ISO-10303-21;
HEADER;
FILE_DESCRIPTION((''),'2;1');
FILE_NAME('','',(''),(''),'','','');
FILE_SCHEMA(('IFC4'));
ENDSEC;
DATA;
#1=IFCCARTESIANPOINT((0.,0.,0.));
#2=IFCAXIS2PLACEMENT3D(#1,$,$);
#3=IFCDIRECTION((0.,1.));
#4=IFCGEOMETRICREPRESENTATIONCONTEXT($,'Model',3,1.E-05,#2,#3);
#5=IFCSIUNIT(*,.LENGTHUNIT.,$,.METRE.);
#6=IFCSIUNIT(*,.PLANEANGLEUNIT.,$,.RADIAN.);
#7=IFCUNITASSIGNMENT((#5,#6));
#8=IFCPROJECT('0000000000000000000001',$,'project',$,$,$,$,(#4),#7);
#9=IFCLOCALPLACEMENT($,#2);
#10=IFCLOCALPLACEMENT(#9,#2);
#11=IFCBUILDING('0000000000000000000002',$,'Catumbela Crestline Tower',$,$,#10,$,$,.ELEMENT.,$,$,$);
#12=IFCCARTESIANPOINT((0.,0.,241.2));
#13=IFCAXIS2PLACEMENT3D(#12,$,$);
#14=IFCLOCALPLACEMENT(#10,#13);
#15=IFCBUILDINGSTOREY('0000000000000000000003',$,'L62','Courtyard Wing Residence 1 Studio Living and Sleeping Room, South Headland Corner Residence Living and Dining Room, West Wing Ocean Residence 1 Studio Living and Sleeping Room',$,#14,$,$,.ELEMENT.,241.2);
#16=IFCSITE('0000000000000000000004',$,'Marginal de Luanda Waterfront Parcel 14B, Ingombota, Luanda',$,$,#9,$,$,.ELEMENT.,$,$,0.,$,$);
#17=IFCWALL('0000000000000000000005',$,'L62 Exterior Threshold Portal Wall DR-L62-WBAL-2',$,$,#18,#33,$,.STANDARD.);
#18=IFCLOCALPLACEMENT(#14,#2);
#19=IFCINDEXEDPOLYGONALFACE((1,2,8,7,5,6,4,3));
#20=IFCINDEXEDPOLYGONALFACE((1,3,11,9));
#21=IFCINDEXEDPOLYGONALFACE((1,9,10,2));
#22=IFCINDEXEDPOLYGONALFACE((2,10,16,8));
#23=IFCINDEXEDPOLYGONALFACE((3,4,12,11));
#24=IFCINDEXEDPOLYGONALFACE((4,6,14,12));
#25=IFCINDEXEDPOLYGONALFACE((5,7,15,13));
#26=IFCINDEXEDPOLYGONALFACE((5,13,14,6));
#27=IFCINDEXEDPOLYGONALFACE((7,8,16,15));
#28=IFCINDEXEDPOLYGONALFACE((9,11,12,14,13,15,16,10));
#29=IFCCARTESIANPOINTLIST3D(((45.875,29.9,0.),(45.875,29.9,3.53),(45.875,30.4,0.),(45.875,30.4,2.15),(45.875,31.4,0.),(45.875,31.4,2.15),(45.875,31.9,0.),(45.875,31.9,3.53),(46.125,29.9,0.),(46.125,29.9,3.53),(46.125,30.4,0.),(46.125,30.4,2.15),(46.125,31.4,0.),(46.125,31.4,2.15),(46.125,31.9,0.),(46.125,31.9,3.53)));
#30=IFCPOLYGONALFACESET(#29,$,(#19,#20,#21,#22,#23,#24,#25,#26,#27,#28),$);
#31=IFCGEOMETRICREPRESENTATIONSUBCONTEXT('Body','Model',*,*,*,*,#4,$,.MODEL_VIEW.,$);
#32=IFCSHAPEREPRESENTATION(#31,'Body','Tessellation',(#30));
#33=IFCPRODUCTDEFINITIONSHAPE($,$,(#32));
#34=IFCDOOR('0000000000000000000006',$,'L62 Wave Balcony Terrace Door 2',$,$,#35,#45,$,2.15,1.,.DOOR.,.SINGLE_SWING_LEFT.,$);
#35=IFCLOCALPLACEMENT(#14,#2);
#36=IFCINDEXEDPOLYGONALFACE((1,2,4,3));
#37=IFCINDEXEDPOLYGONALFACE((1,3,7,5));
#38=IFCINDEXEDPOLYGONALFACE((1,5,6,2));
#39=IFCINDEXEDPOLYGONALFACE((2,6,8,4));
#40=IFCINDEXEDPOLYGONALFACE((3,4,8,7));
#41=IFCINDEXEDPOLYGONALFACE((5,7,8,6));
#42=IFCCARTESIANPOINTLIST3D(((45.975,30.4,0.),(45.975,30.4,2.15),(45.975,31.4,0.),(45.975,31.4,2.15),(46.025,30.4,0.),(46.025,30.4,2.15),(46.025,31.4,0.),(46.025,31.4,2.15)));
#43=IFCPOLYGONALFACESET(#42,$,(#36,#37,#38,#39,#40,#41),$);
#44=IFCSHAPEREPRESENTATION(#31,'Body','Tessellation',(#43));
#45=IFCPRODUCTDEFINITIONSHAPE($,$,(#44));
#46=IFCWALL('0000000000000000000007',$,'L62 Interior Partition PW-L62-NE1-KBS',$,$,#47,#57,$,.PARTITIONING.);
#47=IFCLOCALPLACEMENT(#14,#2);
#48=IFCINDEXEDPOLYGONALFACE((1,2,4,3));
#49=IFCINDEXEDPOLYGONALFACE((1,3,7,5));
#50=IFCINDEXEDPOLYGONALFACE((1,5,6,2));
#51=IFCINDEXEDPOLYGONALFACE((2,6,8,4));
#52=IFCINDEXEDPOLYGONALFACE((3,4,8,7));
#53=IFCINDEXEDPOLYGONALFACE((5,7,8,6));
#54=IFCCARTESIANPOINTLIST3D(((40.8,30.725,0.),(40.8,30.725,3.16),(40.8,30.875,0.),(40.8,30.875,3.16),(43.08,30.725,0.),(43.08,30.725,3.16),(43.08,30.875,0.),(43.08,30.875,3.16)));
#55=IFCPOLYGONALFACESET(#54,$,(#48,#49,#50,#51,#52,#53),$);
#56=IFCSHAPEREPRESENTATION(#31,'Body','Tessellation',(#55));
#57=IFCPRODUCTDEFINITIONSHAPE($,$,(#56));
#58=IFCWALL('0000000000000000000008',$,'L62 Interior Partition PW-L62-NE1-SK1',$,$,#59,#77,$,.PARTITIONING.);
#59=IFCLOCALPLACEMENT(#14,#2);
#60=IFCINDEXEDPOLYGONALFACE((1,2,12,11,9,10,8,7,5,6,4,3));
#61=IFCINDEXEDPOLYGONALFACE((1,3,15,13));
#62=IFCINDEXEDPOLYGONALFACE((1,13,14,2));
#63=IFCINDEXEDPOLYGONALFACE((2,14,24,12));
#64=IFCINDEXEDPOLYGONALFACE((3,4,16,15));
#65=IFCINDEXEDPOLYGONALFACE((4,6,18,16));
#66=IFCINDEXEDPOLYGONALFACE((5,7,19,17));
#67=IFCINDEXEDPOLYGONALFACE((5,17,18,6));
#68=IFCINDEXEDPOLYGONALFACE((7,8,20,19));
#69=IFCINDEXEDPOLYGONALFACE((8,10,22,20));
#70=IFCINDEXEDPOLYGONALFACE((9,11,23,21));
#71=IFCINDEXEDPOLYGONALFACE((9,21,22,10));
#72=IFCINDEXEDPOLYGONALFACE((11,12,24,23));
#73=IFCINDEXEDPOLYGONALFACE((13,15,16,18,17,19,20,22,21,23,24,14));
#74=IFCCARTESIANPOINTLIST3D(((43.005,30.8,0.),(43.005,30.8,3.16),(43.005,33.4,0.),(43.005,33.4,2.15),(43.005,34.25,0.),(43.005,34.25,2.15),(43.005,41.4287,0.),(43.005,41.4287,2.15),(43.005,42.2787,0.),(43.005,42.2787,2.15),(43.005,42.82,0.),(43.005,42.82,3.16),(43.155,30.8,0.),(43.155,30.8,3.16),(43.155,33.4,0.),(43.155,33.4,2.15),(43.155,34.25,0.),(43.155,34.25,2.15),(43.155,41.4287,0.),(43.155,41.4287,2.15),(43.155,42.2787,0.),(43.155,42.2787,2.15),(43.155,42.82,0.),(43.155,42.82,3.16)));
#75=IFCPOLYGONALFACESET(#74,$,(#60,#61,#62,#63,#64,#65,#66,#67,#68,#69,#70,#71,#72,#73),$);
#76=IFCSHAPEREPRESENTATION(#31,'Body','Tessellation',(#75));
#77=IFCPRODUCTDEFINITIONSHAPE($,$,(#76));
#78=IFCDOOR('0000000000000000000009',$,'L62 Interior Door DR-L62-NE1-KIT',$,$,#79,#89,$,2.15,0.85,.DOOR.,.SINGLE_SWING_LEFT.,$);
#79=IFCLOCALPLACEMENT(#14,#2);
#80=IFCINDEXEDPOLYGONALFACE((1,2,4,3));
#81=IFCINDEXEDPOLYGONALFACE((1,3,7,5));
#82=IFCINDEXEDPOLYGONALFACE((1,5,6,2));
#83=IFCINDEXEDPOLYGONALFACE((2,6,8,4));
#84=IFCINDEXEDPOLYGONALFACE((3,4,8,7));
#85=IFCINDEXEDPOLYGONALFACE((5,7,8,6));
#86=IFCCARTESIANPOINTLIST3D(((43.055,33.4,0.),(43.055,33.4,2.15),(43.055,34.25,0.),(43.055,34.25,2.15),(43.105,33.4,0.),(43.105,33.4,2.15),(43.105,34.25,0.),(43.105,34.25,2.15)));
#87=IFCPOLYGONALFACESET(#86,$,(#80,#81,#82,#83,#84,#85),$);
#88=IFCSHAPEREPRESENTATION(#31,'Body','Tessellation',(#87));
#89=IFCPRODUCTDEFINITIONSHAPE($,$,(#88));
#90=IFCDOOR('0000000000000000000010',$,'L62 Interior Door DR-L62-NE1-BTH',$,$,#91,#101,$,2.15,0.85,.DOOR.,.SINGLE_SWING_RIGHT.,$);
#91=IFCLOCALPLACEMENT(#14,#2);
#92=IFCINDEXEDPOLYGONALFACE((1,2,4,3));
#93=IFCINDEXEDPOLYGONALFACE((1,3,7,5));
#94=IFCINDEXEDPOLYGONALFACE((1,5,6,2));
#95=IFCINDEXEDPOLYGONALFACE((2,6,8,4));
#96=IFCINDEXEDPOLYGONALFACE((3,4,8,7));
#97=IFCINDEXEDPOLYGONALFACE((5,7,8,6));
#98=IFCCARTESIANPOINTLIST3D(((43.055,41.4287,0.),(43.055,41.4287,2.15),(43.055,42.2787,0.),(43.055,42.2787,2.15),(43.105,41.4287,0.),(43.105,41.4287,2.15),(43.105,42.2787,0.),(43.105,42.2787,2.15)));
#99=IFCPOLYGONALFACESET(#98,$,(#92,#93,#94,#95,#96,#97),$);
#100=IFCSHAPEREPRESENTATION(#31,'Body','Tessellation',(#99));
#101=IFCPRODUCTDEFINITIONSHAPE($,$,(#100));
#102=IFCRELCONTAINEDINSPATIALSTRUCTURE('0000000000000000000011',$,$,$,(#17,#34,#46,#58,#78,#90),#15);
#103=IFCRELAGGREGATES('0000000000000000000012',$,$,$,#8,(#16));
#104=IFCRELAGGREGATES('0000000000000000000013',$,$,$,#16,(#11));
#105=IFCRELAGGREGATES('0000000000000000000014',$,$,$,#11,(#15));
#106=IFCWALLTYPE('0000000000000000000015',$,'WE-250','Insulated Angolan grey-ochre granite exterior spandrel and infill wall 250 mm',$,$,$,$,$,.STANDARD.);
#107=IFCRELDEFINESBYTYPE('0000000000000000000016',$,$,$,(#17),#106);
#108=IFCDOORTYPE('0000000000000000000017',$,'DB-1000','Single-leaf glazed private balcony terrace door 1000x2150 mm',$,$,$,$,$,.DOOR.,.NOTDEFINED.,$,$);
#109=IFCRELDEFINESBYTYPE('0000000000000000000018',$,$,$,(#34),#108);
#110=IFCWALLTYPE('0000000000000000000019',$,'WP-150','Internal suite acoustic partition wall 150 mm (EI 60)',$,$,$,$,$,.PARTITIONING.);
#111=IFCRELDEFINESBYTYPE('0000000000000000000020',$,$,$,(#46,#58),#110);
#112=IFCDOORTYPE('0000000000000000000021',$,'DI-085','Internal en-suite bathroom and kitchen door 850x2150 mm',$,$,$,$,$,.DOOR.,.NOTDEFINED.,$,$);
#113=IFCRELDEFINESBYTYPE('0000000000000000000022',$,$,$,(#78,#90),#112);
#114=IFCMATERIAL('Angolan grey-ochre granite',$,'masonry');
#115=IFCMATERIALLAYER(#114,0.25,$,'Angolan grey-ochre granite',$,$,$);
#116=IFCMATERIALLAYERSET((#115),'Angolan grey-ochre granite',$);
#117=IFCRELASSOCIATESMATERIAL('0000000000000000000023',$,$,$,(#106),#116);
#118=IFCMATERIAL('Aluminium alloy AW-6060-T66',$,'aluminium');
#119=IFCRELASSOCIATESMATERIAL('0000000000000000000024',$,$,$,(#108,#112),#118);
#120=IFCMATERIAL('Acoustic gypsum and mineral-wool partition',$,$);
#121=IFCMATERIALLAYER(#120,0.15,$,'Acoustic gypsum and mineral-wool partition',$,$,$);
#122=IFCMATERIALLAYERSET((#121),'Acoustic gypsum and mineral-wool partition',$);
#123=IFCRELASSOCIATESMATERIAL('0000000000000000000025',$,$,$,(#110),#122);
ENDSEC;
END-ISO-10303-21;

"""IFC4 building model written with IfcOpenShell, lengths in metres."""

from ifc_helpers import new_model, si_unit, direction, frame, frame_2d, origin, place, context, subcontext, project, spatial, rectangle, extrude, material, layer, layer_set, type_object, element, fill, save


model = new_model("IFC4")

# Units and contexts
model_context = context("Model", 3, precision=1e-05, world=origin(), true_north=direction((0.0, 1.0)))
body_context = subcontext(model_context, "Body", "Model", "MODEL_VIEW")
ifc_project = project(units=[si_unit("LENGTHUNIT", "METRE"), si_unit("PLANEANGLEUNIT", "RADIAN")], contexts=[model_context])

# Site, building, storey
site_placement = place(None, origin())
site = spatial("IfcSite", under=ifc_project, at=site_placement, Name="Marginal de Luanda Waterfront Parcel 14B, Ingombota, Luanda", CompositionType="ELEMENT", RefElevation=0.0)
building_placement = place(site_placement, origin())
building = spatial("IfcBuilding", under=site, at=building_placement, Name="Catumbela Crestline Tower", CompositionType="ELEMENT")
storey_placement = place(building_placement, frame((0.0, 0.0, 241.2)))
storey = spatial("IfcBuildingStorey", under=building, at=storey_placement, Name="L62", Description="Courtyard Wing Residence 1 Studio Living and Sleeping Room, South Headland Corner Residence Living and Dining Room, West Wing Ocean Residence 1 Studio Living and Sleeping Room", CompositionType="ELEMENT", Elevation=241.2)

# Shared definitions
ifc_material_1 = material(Name="Aluminium alloy AW-6060-T66", Category="aluminium")

# Wall, opening, door
ifc_material_2 = material(Name="Acoustic gypsum and mineral-wool partition")
ifc_material_3 = material(Name="Angolan grey-ochre granite", Category="masonry")
ifc_layer_1 = layer(ifc_material_3, 0.25, Name="Angolan grey-ochre granite")
ifc_layer_set_1 = layer_set([ifc_layer_1], Name="Angolan grey-ochre granite")
wall_type_1 = type_object("IfcWallType", Name="WE-250", Description="Insulated Angolan grey-ochre granite exterior spandrel and infill wall 250 mm", PredefinedType="STANDARD", material=ifc_layer_set_1)
wall_1_placement = place(storey_placement, frame((46.0, 29.9, 0.0), z_axis=(0.0, 0.0, 1.0), x_axis=(0.0, 1.0, 0.0)))
wall_1 = element("IfcWall", 1, at=wall_1_placement, inside=storey, type_object=wall_type_1, Name="L62 Exterior Threshold Portal Wall DR-L62-WBAL-2", PredefinedType="STANDARD", context=body_context, shape_type="SweptSolid", body=[
    extrude(rectangle(XDim=2.0, YDim=0.25, at=frame_2d((1.0, 0.0))), origin(), (0.0, 0.0, 1.0), 3.53),
])
opening_1_placement = place(wall_1_placement, frame((0.5, 0.0, 0.0)))
opening_1 = element("IfcOpeningElement", 2, at=opening_1_placement, cuts=wall_1, PredefinedType="OPENING", context=body_context, shape_type="SweptSolid", body=[
    extrude(rectangle(XDim=1.0, YDim=2.15, at=frame_2d((0.5, 1.075))), frame((0.0, 0.135, 0.0), z_axis=(0.0, -1.0, 0.0), x_axis=(1.0, 0.0, 0.0)), (0.0, 0.0, 1.0), 0.27),
])
door_type_1 = type_object("IfcDoorType", Name="DB-1000", Description="Single-leaf glazed private balcony terrace door 1000x2150 mm", OperationType="NOTDEFINED", PredefinedType="DOOR", material=ifc_material_1)
door_1_placement = place(opening_1_placement, origin())
door_1 = element("IfcDoor", 3, at=door_1_placement, inside=storey, type_object=door_type_1, Name="L62 Wave Balcony Terrace Door 2", OperationType="SINGLE_SWING_LEFT", OverallHeight=2.15, OverallWidth=1.0, PredefinedType="DOOR", context=body_context, shape_type="SweptSolid", body=[
    extrude(rectangle(XDim=1.0, YDim=2.15, at=frame_2d((0.5, 1.075))), frame((0.0, 0.025, 0.0), z_axis=(0.0, -1.0, 0.0), x_axis=(1.0, 0.0, 0.0)), (0.0, 0.0, 1.0), 0.05),
])
fill(opening_1, door_1)

# Wall
ifc_layer_2 = layer(ifc_material_2, 0.15, Name="Acoustic gypsum and mineral-wool partition")
ifc_layer_set_2 = layer_set([ifc_layer_2], Name="Acoustic gypsum and mineral-wool partition")
wall_type_2 = type_object("IfcWallType", Name="WP-150", Description="Internal suite acoustic partition wall 150 mm (EI 60)", PredefinedType="PARTITIONING", material=ifc_layer_set_2)
wall_2_placement = place(storey_placement, frame((40.8, 30.8, 0.0), z_axis=(0.0, 0.0, 1.0), x_axis=(1.0, 0.0, 0.0)))
element("IfcWall", 4, at=wall_2_placement, inside=storey, type_object=wall_type_2, Name="L62 Interior Partition PW-L62-NE1-KBS", PredefinedType="PARTITIONING", context=body_context, shape_type="SweptSolid", body=[
    extrude(rectangle(XDim=2.28, YDim=0.15, at=frame_2d((1.14, 0.0))), origin(), (0.0, 0.0, 1.0), 3.16),
])

# Wall, openings, doors
wall_3_placement = place(storey_placement, frame((43.08, 30.8, 0.0), z_axis=(0.0, 0.0, 1.0), x_axis=(0.0, 1.0, 0.0)))
wall_3 = element("IfcWall", 5, at=wall_3_placement, inside=storey, type_object=wall_type_2, Name="L62 Interior Partition PW-L62-NE1-SK1", PredefinedType="PARTITIONING", context=body_context, shape_type="SweptSolid", body=[
    extrude(rectangle(XDim=12.02, YDim=0.15, at=frame_2d((6.01, 0.0))), origin(), (0.0, 0.0, 1.0), 3.16),
])
opening_2_placement = place(wall_3_placement, frame((2.6, 0.0, 0.0)))
opening_2 = element("IfcOpeningElement", 6, at=opening_2_placement, cuts=wall_3, PredefinedType="OPENING", context=body_context, shape_type="SweptSolid", body=[
    extrude(rectangle(XDim=0.85, YDim=2.15, at=frame_2d((0.425, 1.075))), frame((0.0, 0.085, 0.0), z_axis=(0.0, -1.0, 0.0), x_axis=(1.0, 0.0, 0.0)), (0.0, 0.0, 1.0), 0.17),
])
opening_3_placement = place(wall_3_placement, frame((10.6287, 0.0, 0.0)))
opening_3 = element("IfcOpeningElement", 7, at=opening_3_placement, cuts=wall_3, PredefinedType="OPENING", context=body_context, shape_type="SweptSolid", body=[
    extrude(rectangle(XDim=0.85, YDim=2.15, at=frame_2d((0.425, 1.075))), frame((0.0, 0.085, 0.0), z_axis=(0.0, -1.0, 0.0), x_axis=(1.0, 0.0, 0.0)), (0.0, 0.0, 1.0), 0.17),
])
door_type_2 = type_object("IfcDoorType", Name="DI-085", Description="Internal en-suite bathroom and kitchen door 850x2150 mm", OperationType="NOTDEFINED", PredefinedType="DOOR", material=ifc_material_1)
door_2_placement = place(opening_2_placement, origin())
door_2 = element("IfcDoor", 8, at=door_2_placement, inside=storey, type_object=door_type_2, Name="L62 Interior Door DR-L62-NE1-KIT", OperationType="SINGLE_SWING_LEFT", OverallHeight=2.15, OverallWidth=0.85, PredefinedType="DOOR", context=body_context, shape_type="SweptSolid", body=[
    extrude(rectangle(XDim=0.85, YDim=2.15, at=frame_2d((0.425, 1.075))), frame((0.0, 0.025, 0.0), z_axis=(0.0, -1.0, 0.0), x_axis=(1.0, 0.0, 0.0)), (0.0, 0.0, 1.0), 0.05),
])
fill(opening_2, door_2)
door_3_placement = place(opening_3_placement, origin())
door_3 = element("IfcDoor", 9, at=door_3_placement, inside=storey, type_object=door_type_2, Name="L62 Interior Door DR-L62-NE1-BTH", OperationType="SINGLE_SWING_RIGHT", OverallHeight=2.15, OverallWidth=0.85, PredefinedType="DOOR", context=body_context, shape_type="SweptSolid", body=[
    extrude(rectangle(XDim=0.85, YDim=2.15, at=frame_2d((0.425, 1.075))), frame((0.0, 0.025, 0.0), z_axis=(0.0, -1.0, 0.0), x_axis=(1.0, 0.0, 0.0)), (0.0, 0.0, 1.0), 0.05),
])
fill(opening_3, door_3)

save(model, "model.ifc")
